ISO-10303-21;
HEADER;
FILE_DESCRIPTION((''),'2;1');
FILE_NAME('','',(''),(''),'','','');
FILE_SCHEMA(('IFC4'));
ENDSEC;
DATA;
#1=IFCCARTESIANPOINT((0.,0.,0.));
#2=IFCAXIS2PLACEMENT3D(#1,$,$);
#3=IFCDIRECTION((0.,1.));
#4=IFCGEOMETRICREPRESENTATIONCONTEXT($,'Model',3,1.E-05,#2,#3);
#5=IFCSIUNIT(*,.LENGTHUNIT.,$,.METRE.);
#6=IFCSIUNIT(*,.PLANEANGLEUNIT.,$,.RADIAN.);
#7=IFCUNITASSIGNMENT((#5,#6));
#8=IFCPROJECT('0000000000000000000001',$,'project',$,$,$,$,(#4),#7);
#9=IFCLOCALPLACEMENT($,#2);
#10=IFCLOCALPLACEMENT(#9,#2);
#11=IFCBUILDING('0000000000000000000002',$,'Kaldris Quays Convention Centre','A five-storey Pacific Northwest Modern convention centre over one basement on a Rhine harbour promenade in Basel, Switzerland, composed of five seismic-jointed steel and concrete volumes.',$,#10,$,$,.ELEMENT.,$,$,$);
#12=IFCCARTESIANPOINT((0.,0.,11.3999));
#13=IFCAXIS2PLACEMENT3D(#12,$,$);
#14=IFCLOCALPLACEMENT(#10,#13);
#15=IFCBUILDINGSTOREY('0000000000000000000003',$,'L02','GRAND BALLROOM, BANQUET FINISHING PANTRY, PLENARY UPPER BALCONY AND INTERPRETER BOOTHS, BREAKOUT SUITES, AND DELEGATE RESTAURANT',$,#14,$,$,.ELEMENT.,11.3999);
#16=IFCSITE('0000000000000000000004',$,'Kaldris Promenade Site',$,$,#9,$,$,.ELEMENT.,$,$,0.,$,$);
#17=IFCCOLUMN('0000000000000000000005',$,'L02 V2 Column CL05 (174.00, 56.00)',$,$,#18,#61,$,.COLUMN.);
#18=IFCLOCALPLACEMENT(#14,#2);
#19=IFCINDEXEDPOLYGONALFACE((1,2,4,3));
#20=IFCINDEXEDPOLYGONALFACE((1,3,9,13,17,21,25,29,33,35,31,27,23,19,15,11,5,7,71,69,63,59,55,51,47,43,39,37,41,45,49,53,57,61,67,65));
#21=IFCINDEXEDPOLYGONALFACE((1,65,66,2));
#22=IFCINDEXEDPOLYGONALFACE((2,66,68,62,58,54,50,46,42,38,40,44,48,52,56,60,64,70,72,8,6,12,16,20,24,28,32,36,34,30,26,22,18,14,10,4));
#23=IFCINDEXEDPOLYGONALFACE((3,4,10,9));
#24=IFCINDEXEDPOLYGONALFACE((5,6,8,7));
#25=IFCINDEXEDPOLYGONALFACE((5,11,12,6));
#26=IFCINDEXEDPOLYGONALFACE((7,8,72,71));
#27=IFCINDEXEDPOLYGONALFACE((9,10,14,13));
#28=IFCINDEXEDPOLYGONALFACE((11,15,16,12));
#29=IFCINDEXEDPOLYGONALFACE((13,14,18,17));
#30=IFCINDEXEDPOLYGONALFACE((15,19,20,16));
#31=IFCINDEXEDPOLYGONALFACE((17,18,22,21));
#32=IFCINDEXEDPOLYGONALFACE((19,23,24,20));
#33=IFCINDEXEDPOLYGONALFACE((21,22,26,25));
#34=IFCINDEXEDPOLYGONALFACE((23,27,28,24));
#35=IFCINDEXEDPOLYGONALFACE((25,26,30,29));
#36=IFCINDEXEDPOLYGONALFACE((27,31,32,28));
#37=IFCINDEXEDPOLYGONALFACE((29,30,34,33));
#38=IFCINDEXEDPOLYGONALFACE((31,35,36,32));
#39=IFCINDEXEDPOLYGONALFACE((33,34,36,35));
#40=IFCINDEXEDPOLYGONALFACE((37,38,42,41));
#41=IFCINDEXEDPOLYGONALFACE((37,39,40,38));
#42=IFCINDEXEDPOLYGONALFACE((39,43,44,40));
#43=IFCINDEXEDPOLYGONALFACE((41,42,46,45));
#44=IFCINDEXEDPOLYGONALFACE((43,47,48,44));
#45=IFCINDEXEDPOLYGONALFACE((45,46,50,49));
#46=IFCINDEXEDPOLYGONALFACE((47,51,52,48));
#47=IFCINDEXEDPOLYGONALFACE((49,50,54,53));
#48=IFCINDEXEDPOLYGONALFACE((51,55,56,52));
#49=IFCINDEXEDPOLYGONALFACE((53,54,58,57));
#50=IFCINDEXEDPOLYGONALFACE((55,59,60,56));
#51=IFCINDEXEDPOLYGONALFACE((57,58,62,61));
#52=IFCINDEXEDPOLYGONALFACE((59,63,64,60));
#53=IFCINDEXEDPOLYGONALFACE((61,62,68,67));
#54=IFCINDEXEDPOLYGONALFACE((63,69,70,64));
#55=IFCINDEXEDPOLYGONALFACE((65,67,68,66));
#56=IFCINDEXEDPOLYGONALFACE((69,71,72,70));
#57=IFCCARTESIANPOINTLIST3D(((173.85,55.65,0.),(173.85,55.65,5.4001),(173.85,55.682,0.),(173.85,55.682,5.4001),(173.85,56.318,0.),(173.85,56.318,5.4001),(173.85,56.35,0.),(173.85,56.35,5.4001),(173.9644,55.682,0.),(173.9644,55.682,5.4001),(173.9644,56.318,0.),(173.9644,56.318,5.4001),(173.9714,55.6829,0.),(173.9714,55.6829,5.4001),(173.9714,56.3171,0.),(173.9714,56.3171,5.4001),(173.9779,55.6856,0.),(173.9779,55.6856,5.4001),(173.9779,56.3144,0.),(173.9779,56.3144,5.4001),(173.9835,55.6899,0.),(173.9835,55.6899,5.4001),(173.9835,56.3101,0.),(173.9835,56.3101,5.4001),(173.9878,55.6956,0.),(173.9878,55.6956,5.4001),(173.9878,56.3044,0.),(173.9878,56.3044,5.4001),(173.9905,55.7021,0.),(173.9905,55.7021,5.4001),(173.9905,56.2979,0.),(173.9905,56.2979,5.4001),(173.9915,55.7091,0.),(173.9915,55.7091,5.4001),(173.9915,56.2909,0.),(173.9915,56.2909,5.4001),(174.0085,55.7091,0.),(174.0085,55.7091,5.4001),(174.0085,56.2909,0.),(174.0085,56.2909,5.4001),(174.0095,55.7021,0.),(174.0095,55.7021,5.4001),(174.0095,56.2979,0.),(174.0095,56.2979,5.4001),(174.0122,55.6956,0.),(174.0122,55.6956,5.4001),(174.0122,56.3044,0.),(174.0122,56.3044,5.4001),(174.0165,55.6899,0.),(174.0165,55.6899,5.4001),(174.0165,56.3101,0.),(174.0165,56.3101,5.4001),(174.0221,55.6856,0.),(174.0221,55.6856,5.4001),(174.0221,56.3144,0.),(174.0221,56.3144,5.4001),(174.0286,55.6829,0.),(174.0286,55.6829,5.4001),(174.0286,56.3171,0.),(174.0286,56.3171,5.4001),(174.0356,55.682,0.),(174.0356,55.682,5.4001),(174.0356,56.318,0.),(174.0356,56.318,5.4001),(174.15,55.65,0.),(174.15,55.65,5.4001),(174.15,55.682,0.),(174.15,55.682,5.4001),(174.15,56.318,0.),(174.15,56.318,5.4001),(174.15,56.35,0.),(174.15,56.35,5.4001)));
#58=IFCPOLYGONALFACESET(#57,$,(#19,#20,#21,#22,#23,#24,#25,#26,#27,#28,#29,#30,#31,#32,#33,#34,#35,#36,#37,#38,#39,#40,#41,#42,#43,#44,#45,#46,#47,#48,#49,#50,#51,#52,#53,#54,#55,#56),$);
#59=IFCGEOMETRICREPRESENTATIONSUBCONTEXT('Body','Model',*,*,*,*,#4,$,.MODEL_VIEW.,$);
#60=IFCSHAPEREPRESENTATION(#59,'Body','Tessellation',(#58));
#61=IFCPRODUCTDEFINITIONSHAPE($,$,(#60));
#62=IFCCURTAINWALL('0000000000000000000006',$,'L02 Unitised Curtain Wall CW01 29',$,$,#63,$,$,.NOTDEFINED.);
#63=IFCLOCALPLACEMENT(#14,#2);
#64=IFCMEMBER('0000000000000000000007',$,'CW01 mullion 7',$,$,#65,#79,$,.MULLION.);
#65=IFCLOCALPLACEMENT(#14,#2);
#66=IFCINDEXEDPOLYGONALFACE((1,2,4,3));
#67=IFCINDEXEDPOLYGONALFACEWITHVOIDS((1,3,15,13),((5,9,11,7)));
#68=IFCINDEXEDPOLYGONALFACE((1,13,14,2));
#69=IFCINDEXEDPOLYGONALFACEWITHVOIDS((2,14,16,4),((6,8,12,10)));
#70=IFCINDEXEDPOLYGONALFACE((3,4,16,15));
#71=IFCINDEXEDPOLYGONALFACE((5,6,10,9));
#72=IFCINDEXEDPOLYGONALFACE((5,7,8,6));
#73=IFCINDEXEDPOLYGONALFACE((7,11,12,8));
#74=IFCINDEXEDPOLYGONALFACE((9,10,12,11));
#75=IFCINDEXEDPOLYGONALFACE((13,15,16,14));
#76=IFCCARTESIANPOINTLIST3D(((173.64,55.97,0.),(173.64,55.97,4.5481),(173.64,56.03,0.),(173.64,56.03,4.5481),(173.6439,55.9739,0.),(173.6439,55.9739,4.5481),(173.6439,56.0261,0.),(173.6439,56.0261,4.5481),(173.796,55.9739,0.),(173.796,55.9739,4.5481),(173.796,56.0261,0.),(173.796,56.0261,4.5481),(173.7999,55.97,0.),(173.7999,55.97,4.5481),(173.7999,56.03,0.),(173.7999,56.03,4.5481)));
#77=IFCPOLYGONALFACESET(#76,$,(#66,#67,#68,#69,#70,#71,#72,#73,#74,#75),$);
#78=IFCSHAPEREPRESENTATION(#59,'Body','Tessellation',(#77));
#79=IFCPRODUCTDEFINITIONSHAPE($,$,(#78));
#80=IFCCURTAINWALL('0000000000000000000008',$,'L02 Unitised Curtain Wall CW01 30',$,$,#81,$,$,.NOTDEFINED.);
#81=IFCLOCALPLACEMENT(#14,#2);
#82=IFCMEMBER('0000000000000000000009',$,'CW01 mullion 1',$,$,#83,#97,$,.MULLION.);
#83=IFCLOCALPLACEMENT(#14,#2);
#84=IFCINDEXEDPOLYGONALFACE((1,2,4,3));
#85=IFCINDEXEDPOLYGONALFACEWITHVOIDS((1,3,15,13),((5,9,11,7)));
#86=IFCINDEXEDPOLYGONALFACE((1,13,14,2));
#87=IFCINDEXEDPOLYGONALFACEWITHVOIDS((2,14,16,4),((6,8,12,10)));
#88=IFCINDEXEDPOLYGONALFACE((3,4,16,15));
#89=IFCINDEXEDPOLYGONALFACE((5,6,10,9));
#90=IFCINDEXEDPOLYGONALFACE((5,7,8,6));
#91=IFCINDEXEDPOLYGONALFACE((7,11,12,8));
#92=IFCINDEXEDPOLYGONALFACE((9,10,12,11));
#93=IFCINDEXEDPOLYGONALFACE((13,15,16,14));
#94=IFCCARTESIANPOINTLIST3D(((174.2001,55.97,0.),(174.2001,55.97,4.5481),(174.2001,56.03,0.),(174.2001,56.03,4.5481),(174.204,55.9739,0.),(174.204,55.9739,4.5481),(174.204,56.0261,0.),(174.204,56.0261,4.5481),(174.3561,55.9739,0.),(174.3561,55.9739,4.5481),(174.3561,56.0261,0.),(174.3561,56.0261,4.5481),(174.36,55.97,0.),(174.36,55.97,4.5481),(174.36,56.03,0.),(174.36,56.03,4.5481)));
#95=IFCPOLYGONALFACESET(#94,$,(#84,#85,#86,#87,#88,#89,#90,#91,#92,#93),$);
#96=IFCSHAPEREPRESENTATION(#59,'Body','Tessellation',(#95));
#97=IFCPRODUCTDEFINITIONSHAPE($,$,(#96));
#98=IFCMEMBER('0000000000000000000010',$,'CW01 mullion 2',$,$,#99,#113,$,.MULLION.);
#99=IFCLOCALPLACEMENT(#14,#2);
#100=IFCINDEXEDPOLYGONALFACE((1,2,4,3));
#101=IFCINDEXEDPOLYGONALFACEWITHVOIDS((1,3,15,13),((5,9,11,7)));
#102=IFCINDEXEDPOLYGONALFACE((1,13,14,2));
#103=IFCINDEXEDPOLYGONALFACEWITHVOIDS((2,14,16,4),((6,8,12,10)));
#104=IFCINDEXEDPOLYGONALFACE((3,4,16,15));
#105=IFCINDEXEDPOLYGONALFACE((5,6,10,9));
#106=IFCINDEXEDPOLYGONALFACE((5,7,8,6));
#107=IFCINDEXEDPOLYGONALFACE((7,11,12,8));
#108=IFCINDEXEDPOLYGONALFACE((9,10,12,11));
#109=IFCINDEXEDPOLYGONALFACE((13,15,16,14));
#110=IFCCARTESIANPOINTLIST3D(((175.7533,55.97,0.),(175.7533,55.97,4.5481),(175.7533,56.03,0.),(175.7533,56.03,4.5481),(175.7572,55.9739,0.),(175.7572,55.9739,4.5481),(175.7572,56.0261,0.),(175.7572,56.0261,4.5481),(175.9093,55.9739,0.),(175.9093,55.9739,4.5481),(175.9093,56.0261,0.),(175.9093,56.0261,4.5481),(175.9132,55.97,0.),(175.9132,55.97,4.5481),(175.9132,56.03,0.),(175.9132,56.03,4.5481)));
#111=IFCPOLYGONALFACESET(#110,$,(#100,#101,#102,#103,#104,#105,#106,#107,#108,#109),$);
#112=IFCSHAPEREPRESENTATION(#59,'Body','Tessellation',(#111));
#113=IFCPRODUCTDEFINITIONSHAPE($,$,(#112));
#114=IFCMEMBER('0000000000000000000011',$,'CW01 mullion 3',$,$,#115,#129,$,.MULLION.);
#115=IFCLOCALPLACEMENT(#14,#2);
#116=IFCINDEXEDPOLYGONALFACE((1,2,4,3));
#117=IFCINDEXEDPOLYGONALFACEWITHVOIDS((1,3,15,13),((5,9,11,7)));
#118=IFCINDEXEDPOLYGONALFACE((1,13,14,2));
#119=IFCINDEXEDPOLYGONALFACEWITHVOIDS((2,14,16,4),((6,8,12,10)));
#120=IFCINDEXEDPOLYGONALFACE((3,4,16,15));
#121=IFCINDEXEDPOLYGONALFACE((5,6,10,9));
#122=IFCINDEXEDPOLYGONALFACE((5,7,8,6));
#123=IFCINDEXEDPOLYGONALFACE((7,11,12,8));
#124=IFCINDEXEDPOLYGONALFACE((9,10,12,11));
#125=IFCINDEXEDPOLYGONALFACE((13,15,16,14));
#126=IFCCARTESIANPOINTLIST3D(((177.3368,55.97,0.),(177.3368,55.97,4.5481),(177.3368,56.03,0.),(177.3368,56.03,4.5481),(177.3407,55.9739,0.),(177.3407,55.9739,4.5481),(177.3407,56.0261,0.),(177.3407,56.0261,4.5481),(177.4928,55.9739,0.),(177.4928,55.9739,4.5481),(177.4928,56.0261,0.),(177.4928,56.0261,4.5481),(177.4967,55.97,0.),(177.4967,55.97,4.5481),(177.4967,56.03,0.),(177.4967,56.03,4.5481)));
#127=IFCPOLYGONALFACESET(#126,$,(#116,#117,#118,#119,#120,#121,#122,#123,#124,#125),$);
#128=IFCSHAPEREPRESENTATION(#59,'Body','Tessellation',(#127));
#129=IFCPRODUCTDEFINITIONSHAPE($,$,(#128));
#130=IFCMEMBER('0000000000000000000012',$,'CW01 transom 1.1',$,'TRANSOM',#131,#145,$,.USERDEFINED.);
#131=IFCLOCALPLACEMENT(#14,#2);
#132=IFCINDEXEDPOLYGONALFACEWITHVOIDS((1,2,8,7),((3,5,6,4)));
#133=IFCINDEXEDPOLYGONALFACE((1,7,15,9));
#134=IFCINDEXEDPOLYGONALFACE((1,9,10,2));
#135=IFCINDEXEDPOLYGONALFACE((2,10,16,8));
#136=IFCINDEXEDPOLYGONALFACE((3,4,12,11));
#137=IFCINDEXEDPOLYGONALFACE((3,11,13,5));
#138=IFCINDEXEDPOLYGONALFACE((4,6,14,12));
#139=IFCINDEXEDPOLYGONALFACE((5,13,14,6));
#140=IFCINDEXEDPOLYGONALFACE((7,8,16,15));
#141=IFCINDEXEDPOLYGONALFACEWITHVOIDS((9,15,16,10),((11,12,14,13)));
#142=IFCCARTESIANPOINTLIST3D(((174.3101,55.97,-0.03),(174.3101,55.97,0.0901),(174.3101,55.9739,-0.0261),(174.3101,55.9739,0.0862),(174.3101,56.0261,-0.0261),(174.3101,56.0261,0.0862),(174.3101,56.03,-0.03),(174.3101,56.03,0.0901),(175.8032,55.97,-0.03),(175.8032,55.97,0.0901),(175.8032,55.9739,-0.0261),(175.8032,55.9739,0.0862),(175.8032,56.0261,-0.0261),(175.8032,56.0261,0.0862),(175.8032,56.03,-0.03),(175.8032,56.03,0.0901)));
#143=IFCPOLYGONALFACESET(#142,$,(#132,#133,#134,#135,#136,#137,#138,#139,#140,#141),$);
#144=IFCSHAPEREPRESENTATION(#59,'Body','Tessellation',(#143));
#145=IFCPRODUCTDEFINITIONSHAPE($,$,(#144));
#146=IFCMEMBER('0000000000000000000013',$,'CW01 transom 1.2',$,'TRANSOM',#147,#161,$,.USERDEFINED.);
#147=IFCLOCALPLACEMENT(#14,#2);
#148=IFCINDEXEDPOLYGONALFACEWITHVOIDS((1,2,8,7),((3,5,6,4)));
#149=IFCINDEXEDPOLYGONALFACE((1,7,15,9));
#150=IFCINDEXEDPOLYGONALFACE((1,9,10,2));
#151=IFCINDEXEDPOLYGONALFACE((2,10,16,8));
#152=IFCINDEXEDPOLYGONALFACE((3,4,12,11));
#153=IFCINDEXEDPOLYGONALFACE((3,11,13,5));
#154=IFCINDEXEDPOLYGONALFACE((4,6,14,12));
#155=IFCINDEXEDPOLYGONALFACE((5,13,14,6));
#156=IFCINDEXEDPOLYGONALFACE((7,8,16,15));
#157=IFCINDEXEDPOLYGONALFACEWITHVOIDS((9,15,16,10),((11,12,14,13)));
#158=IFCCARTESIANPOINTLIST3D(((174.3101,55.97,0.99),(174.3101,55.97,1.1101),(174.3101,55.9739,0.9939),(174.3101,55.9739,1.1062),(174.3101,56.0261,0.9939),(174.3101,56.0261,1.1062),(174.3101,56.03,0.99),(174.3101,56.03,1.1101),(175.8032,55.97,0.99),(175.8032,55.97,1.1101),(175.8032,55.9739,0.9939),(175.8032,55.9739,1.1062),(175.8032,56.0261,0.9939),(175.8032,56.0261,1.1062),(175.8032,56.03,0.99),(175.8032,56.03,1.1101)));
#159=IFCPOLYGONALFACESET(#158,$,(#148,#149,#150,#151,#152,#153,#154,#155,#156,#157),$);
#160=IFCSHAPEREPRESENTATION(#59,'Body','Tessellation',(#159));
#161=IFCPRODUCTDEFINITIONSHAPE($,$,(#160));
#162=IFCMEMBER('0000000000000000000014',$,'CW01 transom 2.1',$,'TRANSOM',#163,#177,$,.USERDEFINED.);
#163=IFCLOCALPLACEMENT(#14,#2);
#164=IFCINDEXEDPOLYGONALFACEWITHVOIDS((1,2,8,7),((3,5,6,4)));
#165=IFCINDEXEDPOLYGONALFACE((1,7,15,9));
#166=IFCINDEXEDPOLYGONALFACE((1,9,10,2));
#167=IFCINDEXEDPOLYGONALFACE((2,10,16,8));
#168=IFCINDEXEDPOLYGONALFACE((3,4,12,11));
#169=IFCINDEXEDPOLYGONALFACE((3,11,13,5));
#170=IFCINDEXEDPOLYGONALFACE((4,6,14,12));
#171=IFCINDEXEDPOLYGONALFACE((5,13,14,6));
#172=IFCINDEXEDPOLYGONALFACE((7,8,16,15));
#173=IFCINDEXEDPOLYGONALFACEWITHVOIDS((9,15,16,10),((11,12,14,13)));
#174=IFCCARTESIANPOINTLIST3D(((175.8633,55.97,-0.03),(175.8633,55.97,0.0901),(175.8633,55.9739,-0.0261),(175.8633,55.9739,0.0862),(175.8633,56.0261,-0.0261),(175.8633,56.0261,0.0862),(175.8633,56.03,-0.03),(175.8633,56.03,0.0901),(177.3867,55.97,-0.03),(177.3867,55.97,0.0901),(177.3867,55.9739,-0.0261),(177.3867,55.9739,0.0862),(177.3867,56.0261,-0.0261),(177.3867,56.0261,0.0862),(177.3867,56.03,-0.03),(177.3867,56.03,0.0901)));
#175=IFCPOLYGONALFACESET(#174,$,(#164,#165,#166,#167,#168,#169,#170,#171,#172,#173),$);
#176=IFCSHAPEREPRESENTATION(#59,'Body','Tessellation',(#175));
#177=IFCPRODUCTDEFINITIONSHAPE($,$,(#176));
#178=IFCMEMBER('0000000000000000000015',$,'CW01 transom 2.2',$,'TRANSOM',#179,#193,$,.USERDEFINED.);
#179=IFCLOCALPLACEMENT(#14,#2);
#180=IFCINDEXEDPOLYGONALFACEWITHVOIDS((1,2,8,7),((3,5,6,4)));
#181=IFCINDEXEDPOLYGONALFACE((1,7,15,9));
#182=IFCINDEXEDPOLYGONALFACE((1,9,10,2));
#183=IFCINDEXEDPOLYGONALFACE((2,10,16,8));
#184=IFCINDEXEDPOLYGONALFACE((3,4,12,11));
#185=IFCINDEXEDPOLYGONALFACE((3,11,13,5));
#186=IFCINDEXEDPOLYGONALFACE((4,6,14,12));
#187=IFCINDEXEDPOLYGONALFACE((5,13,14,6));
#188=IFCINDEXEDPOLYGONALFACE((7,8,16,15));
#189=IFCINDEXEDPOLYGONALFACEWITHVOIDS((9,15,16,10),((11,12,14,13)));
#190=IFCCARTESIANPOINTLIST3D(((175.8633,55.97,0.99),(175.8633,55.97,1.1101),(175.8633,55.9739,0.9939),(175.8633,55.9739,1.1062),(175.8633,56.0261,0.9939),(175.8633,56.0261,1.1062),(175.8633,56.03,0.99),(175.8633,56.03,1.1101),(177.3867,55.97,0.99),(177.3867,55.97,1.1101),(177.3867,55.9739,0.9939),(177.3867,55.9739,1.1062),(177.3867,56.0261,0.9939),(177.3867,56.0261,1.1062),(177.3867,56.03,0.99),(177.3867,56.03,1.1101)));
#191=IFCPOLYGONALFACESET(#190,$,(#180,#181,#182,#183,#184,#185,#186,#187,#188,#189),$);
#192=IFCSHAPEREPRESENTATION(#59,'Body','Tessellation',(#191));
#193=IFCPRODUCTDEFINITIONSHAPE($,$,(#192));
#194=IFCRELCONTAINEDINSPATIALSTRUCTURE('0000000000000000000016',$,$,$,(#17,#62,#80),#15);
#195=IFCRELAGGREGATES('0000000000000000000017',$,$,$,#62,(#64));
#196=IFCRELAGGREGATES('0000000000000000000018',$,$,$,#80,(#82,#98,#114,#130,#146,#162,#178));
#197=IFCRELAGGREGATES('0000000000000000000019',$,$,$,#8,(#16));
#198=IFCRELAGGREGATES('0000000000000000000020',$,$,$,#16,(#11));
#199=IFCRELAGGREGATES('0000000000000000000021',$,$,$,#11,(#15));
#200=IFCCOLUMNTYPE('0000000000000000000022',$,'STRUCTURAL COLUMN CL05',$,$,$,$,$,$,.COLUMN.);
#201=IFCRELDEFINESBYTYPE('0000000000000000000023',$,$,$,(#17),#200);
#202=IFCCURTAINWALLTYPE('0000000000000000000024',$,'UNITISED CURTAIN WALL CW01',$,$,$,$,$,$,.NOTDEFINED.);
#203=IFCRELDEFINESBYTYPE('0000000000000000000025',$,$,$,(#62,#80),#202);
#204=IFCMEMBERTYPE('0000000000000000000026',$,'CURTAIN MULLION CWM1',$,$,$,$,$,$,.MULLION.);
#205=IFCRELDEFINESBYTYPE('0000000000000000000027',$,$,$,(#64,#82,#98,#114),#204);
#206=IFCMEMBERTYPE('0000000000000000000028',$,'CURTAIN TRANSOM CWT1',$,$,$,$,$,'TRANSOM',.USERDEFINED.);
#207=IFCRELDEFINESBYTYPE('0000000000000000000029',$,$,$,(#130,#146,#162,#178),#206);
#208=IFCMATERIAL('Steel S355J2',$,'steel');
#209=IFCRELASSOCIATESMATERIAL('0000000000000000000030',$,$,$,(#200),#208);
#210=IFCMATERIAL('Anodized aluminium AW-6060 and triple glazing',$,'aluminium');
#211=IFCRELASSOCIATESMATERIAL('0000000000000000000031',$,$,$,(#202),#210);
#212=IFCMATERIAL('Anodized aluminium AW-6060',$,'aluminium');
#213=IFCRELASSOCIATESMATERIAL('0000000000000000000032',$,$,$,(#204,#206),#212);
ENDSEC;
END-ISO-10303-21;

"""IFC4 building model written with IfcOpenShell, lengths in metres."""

from ifc_helpers import new_model, si_unit, direction, frame, origin, origin_2d, place, context, subcontext, project, spatial, hollow_rectangle, i_section, extrude, material, material_profile, profile_set, type_object, element, aggregate, save


model = new_model("IFC4")

# Units and contexts
model_context = context("Model", 3, precision=1e-05, world=origin(), true_north=direction((0.0, 1.0)))
body_context = subcontext(model_context, "Body", "Model", "MODEL_VIEW")
ifc_project = project(units=[si_unit("LENGTHUNIT", "METRE"), si_unit("PLANEANGLEUNIT", "RADIAN")], contexts=[model_context])

# Site, building, storey
site_placement = place(None, origin())
site = spatial("IfcSite", under=ifc_project, at=site_placement, Name="Kaldris Promenade Site", CompositionType="ELEMENT", RefElevation=0.0)
building_placement = place(site_placement, origin())
building = spatial("IfcBuilding", under=site, at=building_placement, Name="Kaldris Quays Convention Centre", Description="A five-storey Pacific Northwest Modern convention centre over one basement on a Rhine harbour promenade in Basel, Switzerland, composed of five seismic-jointed steel and concrete volumes.", CompositionType="ELEMENT")
storey_placement = place(building_placement, frame((0.0, 0.0, 11.3999)))
storey = spatial("IfcBuildingStorey", under=building, at=storey_placement, Name="L02", Description="GRAND BALLROOM, BANQUET FINISHING PANTRY, PLENARY UPPER BALCONY AND INTERPRETER BOOTHS, BREAKOUT SUITES, AND DELEGATE RESTAURANT", CompositionType="ELEMENT", Elevation=11.3999)

# Column
ifc_material_1 = material(Name="Steel S355J2", Category="steel")
ifc_material_profile_1 = material_profile(ifc_material_1, i_section(OverallWidth=0.3, OverallDepth=0.7, WebThickness=0.0171, FlangeThickness=0.032, FilletRadius=0.0271, at=origin_2d()), Name="HEB 700")
ifc_profile_set_1 = profile_set([ifc_material_profile_1], Name="Steel S355J2")
column_type = type_object("IfcColumnType", Name="STRUCTURAL COLUMN CL05", PredefinedType="COLUMN", material=ifc_profile_set_1)
column_placement = place(storey_placement, frame((174.0, 56.0, 0.0), z_axis=(0.0, 0.0, 1.0), x_axis=(1.0, 0.0, 0.0)))
element("IfcColumn", 1, at=column_placement, inside=storey, type_object=column_type, Name="L02 V2 Column CL05 (174.00, 56.00)", PredefinedType="COLUMN", context=body_context, shape_type="SweptSolid", body=[
    extrude(i_section(OverallWidth=0.3, OverallDepth=0.7, WebThickness=0.0171, FlangeThickness=0.032, FilletRadius=0.0271, at=origin_2d()), origin(), (0.0, 0.0, 1.0), 5.4001),
])

# Curtain wall, member
ifc_material_2 = material(Name="Anodized aluminium AW-6060 and triple glazing", Category="aluminium")
curtain_wall_type = type_object("IfcCurtainWallType", Name="UNITISED CURTAIN WALL CW01", PredefinedType="NOTDEFINED", material=ifc_material_2)
curtain_wall_1_placement = place(storey_placement, origin())
curtain_wall_1 = element("IfcCurtainWall", 2, at=curtain_wall_1_placement, inside=storey, type_object=curtain_wall_type, Name="L02 Unitised Curtain Wall CW01 29", PredefinedType="NOTDEFINED")
ifc_material_3 = material(Name="Anodized aluminium AW-6060", Category="aluminium")
ifc_material_profile_2 = material_profile(ifc_material_3, hollow_rectangle(XDim=0.0601, YDim=0.1599, WallThickness=0.0039, at=origin_2d()), Name="RHS 160x60x4")
ifc_profile_set_2 = profile_set([ifc_material_profile_2], Name="Anodized aluminium AW-6060")
member_type_1 = type_object("IfcMemberType", Name="CURTAIN MULLION CWM1", PredefinedType="MULLION", material=ifc_profile_set_2)
member_1_placement = place(storey_placement, frame((173.72, 56.0, 0.0), z_axis=(0.0, 0.0, 1.0), x_axis=(0.0, 1.0, 0.0)))
member_1 = element("IfcMember", 3, at=member_1_placement, type_object=member_type_1, Name="CW01 mullion 7", PredefinedType="MULLION", context=body_context, shape_type="SweptSolid", body=[
    extrude(hollow_rectangle(XDim=0.0601, YDim=0.1599, WallThickness=0.0039, at=origin_2d()), origin(), (0.0, 0.0, 1.0), 4.5481),
])
aggregate(curtain_wall_1, [member_1])

# Curtain wall, members
curtain_wall_2_placement = place(storey_placement, origin())
curtain_wall_2 = element("IfcCurtainWall", 4, at=curtain_wall_2_placement, inside=storey, type_object=curtain_wall_type, Name="L02 Unitised Curtain Wall CW01 30", PredefinedType="NOTDEFINED")
member_2_placement = place(storey_placement, frame((174.28, 56.0, 0.0), z_axis=(0.0, 0.0, 1.0), x_axis=(0.0, 1.0, 0.0)))
member_2 = element("IfcMember", 5, at=member_2_placement, type_object=member_type_1, Name="CW01 mullion 1", PredefinedType="MULLION", context=body_context, shape_type="SweptSolid", body=[
    extrude(hollow_rectangle(XDim=0.0601, YDim=0.1599, WallThickness=0.0039, at=origin_2d()), origin(), (0.0, 0.0, 1.0), 4.5481),
])
member_3_placement = place(storey_placement, frame((175.8333, 56.0, 0.0), z_axis=(0.0, 0.0, 1.0), x_axis=(0.0, 1.0, 0.0)))
member_3 = element("IfcMember", 6, at=member_3_placement, type_object=member_type_1, Name="CW01 mullion 2", PredefinedType="MULLION", context=body_context, shape_type="SweptSolid", body=[
    extrude(hollow_rectangle(XDim=0.0601, YDim=0.1599, WallThickness=0.0039, at=origin_2d()), origin(), (0.0, 0.0, 1.0), 4.5481),
])
member_4_placement = place(storey_placement, frame((177.4167, 56.0, 0.0), z_axis=(0.0, 0.0, 1.0), x_axis=(0.0, 1.0, 0.0)))
member_4 = element("IfcMember", 7, at=member_4_placement, type_object=member_type_1, Name="CW01 mullion 3", PredefinedType="MULLION", context=body_context, shape_type="SweptSolid", body=[
    extrude(hollow_rectangle(XDim=0.0601, YDim=0.1599, WallThickness=0.0039, at=origin_2d()), origin(), (0.0, 0.0, 1.0), 4.5481),
])
ifc_material_profile_3 = material_profile(ifc_material_3, hollow_rectangle(XDim=0.0601, YDim=0.1201, WallThickness=0.0039, at=origin_2d()), Name="RHS 120x60x4")
ifc_profile_set_3 = profile_set([ifc_material_profile_3], Name="Anodized aluminium AW-6060")
member_type_2 = type_object("IfcMemberType", Name="CURTAIN TRANSOM CWT1", ElementType="TRANSOM", PredefinedType="USERDEFINED", material=ifc_profile_set_3)
member_5_placement = place(storey_placement, frame((174.3101, 56.0, 0.03), z_axis=(1.0, 0.0, 0.0), x_axis=(0.0, 1.0, 0.0)))
member_5 = element("IfcMember", 8, at=member_5_placement, type_object=member_type_2, Name="CW01 transom 1.1", ObjectType="TRANSOM", PredefinedType="USERDEFINED", context=body_context, shape_type="SweptSolid", body=[
    extrude(hollow_rectangle(XDim=0.0601, YDim=0.1201, WallThickness=0.0039, at=origin_2d()), origin(), (0.0, 0.0, 1.0), 1.4932),
])
member_6_placement = place(storey_placement, frame((174.3101, 56.0, 1.05), z_axis=(1.0, 0.0, 0.0), x_axis=(0.0, 1.0, 0.0)))
member_6 = element("IfcMember", 9, at=member_6_placement, type_object=member_type_2, Name="CW01 transom 1.2", ObjectType="TRANSOM", PredefinedType="USERDEFINED", context=body_context, shape_type="SweptSolid", body=[
    extrude(hollow_rectangle(XDim=0.0601, YDim=0.1201, WallThickness=0.0039, at=origin_2d()), origin(), (0.0, 0.0, 1.0), 1.4932),
])
member_7_placement = place(storey_placement, frame((175.8633, 56.0, 0.03), z_axis=(1.0, 0.0, 0.0), x_axis=(0.0, 1.0, 0.0)))
member_7 = element("IfcMember", 10, at=member_7_placement, type_object=member_type_2, Name="CW01 transom 2.1", ObjectType="TRANSOM", PredefinedType="USERDEFINED", context=body_context, shape_type="SweptSolid", body=[
    extrude(hollow_rectangle(XDim=0.0601, YDim=0.1201, WallThickness=0.0039, at=origin_2d()), origin(), (0.0, 0.0, 1.0), 1.5234),
])
member_8_placement = place(storey_placement, frame((175.8633, 56.0, 1.05), z_axis=(1.0, 0.0, 0.0), x_axis=(0.0, 1.0, 0.0)))
member_8 = element("IfcMember", 11, at=member_8_placement, type_object=member_type_2, Name="CW01 transom 2.2", ObjectType="TRANSOM", PredefinedType="USERDEFINED", context=body_context, shape_type="SweptSolid", body=[
    extrude(hollow_rectangle(XDim=0.0601, YDim=0.1201, WallThickness=0.0039, at=origin_2d()), origin(), (0.0, 0.0, 1.0), 1.5234),
])
aggregate(curtain_wall_2, [member_2, member_3, member_4, member_5, member_6, member_7, member_8])

save(model, "model.ifc")
